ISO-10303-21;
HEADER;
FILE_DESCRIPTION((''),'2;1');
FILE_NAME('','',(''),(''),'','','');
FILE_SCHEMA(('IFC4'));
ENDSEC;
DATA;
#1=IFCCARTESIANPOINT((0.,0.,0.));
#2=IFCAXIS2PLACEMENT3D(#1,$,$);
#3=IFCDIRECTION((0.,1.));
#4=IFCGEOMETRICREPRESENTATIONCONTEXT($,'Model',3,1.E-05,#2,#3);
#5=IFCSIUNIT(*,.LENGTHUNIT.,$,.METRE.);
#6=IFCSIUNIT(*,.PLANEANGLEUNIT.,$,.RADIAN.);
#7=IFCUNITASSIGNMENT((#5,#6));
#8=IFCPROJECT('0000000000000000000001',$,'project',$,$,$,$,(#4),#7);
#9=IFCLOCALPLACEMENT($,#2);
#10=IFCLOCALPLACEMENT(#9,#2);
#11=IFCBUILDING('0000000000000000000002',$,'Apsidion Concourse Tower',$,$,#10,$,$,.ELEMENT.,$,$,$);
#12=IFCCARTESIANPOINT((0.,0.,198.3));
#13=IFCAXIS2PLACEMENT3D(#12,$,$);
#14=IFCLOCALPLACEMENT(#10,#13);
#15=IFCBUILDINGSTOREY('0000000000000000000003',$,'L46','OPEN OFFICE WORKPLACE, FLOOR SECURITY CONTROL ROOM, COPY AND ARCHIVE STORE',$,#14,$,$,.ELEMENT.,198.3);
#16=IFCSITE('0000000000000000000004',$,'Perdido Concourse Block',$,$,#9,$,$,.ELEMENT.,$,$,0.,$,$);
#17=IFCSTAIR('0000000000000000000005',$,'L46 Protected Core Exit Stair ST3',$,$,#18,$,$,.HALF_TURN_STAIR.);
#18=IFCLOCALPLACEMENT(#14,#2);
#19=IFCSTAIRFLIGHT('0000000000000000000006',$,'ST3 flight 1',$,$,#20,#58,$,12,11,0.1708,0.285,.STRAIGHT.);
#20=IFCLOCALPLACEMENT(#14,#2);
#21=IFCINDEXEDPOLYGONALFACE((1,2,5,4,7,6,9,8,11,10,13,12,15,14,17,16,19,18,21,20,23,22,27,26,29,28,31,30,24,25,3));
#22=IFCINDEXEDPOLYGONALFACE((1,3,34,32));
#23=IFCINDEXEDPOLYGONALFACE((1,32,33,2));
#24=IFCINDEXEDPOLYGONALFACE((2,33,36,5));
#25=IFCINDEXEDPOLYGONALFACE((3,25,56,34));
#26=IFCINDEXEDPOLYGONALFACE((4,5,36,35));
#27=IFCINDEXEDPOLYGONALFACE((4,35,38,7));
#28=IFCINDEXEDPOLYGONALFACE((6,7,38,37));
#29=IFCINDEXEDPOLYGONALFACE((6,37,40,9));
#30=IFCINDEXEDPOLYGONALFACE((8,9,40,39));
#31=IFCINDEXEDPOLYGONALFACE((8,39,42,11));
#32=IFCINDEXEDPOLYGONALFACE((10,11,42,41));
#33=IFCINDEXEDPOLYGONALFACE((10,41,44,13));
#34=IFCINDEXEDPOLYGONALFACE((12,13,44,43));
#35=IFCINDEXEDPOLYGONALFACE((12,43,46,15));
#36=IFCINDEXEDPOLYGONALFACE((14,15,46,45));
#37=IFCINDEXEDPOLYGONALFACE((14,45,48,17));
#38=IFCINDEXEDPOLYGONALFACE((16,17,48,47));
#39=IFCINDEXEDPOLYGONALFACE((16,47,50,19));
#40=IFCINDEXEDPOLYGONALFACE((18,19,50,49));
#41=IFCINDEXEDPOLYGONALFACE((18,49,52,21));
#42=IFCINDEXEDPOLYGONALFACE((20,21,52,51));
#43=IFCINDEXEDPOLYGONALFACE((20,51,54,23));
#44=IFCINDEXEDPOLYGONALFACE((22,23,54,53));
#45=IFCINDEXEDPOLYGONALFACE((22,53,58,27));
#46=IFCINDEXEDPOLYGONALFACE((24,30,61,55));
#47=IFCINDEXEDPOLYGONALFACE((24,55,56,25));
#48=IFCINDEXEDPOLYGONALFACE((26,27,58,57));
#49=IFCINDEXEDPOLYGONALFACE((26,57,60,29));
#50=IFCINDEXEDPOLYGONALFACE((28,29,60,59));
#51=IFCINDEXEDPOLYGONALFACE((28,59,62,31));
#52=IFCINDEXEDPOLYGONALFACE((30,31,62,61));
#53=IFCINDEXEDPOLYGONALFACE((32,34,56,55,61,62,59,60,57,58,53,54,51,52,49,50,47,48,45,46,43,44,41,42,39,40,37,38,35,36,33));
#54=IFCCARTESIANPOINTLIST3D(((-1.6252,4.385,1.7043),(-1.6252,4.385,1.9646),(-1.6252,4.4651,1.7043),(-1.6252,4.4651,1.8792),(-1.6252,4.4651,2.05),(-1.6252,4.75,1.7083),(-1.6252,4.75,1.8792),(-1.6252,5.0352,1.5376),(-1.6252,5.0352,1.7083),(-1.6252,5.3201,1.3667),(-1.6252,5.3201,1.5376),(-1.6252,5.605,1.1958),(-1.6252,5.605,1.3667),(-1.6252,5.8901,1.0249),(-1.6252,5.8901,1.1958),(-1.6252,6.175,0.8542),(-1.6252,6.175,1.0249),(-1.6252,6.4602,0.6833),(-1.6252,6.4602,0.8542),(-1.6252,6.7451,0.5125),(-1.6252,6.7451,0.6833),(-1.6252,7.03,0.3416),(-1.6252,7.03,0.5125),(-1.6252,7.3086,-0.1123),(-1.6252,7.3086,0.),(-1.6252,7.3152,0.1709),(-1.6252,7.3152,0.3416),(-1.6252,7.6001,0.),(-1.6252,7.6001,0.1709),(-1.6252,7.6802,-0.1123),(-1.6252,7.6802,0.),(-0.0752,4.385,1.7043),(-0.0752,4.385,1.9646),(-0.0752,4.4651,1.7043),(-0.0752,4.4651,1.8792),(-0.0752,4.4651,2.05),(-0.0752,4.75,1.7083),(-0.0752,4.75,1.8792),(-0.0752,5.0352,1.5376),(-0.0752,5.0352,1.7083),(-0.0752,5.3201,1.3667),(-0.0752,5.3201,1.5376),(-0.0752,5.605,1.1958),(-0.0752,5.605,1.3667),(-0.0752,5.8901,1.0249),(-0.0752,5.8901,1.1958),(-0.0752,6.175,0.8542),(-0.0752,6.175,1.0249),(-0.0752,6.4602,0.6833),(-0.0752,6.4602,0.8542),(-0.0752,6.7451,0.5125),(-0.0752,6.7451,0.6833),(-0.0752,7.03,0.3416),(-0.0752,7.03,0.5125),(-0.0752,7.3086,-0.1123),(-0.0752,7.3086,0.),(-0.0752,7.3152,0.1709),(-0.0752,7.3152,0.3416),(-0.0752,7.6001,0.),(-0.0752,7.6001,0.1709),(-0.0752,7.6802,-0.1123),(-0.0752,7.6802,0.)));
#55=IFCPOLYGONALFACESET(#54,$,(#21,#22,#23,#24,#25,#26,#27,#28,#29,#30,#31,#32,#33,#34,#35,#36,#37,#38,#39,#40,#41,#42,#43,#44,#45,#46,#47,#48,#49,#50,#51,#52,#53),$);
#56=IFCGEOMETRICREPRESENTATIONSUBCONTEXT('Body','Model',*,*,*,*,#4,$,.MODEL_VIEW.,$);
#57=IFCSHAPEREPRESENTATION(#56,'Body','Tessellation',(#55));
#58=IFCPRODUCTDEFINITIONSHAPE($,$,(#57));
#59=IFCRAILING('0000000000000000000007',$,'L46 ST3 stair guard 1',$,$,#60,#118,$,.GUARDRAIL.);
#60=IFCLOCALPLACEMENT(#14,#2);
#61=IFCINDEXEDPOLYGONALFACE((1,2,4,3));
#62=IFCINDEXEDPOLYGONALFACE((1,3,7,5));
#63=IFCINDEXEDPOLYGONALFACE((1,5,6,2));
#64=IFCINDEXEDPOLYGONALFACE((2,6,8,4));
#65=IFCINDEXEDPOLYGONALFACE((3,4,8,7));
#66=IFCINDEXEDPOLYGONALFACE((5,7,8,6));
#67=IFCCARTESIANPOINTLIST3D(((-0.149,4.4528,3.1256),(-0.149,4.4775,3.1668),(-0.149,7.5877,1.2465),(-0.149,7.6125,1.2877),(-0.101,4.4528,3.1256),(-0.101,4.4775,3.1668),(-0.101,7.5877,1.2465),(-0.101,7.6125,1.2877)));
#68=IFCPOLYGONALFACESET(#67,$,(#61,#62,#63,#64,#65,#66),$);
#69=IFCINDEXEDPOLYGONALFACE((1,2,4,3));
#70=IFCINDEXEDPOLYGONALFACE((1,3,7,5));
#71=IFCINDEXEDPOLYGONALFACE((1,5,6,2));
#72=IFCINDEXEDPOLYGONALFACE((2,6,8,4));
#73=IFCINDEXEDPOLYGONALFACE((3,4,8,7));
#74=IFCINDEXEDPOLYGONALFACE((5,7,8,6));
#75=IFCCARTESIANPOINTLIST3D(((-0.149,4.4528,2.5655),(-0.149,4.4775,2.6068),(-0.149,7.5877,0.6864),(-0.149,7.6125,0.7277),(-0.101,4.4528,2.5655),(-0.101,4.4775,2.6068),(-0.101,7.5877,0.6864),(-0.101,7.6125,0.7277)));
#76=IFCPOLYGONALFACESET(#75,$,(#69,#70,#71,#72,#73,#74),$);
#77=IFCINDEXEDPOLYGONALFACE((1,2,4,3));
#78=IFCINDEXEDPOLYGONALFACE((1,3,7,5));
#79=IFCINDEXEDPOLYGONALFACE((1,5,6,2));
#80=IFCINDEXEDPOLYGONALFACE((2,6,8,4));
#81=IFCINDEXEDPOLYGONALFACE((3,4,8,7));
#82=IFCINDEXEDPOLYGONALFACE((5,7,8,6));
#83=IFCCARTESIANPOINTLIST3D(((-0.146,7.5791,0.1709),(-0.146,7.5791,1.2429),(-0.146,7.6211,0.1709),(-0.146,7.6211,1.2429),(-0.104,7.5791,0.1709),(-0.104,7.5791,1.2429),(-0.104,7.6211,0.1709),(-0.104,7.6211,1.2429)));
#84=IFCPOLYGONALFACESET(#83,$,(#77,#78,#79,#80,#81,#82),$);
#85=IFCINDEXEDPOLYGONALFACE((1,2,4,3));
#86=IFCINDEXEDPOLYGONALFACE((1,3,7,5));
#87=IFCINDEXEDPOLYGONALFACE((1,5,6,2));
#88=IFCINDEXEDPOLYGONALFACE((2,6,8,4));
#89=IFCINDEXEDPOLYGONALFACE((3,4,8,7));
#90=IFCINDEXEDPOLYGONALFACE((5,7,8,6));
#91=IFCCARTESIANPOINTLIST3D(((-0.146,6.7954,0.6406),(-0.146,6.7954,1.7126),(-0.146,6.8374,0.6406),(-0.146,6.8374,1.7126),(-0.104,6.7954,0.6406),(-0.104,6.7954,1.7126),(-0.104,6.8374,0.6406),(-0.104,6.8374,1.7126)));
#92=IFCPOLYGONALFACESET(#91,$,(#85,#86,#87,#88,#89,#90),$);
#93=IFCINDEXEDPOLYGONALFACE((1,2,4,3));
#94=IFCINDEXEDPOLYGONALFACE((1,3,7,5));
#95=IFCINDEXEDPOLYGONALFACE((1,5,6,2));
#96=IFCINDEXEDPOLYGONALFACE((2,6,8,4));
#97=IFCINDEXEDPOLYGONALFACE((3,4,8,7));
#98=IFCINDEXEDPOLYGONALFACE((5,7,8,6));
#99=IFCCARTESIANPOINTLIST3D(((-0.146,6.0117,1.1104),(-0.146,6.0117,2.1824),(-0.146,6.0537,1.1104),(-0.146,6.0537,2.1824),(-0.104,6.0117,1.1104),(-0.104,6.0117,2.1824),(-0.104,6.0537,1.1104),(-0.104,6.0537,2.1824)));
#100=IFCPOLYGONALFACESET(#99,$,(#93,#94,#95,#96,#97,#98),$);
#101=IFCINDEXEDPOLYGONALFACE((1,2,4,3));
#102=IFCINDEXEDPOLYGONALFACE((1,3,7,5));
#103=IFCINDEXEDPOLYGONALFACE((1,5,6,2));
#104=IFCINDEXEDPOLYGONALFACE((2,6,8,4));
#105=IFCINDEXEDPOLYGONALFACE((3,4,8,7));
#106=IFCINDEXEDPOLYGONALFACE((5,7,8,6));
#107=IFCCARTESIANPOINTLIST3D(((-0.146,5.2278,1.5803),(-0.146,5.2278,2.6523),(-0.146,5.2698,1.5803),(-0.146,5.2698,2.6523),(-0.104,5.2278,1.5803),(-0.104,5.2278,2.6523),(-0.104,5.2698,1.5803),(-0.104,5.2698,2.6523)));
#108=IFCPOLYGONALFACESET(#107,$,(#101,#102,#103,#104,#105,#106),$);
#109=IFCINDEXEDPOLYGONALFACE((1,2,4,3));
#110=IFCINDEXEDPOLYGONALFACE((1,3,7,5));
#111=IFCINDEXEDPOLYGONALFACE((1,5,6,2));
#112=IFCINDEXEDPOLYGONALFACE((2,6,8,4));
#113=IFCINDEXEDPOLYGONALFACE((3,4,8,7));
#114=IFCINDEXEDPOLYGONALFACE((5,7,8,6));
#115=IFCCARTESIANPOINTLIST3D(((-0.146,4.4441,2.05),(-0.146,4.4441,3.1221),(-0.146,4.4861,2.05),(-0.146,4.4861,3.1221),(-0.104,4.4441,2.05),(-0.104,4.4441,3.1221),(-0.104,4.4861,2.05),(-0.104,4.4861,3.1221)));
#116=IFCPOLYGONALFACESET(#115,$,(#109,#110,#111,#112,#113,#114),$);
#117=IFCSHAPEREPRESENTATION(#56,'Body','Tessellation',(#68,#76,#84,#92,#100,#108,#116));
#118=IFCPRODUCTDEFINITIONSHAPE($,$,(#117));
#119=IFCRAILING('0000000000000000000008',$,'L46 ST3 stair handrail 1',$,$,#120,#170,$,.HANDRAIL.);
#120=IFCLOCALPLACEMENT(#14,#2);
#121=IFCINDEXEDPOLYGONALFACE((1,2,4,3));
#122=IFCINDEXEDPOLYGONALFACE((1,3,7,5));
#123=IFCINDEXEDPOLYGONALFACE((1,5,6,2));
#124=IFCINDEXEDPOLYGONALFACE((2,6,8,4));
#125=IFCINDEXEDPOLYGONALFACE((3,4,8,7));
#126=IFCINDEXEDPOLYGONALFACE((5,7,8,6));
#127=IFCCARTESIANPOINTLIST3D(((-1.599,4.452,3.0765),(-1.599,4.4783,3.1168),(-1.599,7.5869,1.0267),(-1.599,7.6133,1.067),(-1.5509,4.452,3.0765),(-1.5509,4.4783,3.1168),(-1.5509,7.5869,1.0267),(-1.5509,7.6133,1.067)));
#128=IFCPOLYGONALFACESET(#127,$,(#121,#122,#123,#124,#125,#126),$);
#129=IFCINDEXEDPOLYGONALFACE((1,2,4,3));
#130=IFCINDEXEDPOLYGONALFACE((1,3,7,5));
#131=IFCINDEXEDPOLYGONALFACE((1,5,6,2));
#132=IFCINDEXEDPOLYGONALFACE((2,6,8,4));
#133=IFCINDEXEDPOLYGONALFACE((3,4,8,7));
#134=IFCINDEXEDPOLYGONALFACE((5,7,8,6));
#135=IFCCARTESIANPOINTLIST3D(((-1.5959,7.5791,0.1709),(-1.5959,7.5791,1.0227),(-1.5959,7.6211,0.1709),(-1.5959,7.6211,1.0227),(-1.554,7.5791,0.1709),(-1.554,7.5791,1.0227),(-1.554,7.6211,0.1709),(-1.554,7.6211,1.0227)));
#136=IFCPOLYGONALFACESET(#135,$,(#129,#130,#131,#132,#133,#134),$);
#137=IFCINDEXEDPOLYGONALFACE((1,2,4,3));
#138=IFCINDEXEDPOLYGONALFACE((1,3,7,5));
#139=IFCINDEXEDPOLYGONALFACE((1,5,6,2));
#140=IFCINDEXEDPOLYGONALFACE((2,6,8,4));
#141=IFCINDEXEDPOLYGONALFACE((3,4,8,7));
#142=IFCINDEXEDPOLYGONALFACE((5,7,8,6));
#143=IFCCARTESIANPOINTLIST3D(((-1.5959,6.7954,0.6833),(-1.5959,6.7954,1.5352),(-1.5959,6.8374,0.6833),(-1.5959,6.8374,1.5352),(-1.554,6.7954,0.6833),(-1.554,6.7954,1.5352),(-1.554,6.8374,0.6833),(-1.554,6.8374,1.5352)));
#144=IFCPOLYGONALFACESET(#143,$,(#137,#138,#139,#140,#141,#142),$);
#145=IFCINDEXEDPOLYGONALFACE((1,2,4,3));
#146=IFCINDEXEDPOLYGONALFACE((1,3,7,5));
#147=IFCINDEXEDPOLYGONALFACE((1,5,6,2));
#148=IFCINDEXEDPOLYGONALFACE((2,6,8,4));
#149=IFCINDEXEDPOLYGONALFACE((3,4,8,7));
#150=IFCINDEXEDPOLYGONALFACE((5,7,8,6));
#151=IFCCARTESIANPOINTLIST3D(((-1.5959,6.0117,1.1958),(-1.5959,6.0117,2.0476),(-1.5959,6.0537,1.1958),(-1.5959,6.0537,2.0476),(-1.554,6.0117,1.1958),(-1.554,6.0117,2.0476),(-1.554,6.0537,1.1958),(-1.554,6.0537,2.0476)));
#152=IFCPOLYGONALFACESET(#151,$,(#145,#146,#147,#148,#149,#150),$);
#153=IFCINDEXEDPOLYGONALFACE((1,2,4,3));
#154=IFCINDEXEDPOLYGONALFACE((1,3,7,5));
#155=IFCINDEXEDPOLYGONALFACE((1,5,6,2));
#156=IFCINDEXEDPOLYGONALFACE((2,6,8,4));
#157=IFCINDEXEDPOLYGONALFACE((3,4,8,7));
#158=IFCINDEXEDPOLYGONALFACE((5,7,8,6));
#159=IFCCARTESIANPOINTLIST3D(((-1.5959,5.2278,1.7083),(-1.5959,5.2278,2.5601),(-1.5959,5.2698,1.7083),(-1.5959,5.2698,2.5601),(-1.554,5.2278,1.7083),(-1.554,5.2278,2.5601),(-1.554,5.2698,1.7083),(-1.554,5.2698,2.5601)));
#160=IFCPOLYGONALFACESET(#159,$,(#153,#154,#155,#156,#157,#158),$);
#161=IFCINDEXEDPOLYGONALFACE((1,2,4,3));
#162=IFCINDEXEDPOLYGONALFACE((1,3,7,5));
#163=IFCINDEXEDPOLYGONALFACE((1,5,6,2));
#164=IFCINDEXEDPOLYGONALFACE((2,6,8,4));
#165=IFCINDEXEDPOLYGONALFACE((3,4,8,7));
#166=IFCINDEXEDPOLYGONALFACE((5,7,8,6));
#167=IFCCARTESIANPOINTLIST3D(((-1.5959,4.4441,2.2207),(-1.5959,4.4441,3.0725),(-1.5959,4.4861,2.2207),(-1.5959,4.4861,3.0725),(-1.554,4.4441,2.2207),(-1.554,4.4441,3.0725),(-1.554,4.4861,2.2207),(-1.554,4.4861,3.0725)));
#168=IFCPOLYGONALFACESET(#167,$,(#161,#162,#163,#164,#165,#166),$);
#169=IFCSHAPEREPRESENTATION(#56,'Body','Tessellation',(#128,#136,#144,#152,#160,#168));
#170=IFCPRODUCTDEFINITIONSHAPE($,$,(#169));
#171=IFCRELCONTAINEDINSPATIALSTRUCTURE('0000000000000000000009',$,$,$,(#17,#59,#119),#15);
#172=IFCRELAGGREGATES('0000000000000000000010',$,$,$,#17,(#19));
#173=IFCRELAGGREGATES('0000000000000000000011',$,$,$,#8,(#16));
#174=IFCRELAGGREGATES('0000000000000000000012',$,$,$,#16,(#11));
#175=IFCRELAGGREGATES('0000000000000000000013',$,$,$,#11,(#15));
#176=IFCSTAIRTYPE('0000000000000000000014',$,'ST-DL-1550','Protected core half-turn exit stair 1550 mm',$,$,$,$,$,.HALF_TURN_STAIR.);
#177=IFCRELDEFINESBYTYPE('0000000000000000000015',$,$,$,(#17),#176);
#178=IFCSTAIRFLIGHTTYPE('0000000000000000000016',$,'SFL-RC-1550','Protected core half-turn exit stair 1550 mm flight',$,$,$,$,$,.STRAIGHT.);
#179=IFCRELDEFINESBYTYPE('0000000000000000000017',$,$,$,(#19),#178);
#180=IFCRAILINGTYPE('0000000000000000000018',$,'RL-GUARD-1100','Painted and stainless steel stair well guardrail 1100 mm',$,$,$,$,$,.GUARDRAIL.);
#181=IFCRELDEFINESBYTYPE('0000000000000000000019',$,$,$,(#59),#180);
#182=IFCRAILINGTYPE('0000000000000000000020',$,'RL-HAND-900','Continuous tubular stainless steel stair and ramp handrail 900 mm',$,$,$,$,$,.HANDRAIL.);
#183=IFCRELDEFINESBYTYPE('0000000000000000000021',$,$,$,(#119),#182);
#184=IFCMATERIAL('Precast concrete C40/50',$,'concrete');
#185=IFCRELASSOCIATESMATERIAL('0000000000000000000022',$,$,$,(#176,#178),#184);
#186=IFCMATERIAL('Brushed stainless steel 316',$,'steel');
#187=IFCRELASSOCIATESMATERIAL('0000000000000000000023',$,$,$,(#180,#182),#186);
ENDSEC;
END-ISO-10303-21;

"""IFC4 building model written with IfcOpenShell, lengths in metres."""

from ifc_helpers import new_model, si_unit, direction, frame, origin, origin_2d, place, context, subcontext, project, spatial, polyline, rectangle, outline, extrude, material, type_object, element, aggregate, save


model = new_model("IFC4")

# Units and contexts
model_context = context("Model", 3, precision=1e-05, world=origin(), true_north=direction((0.0, 1.0)))
body_context = subcontext(model_context, "Body", "Model", "MODEL_VIEW")
ifc_project = project(units=[si_unit("LENGTHUNIT", "METRE"), si_unit("PLANEANGLEUNIT", "RADIAN")], contexts=[model_context])

# Site, building, storey
site_placement = place(None, origin())
site = spatial("IfcSite", under=ifc_project, at=site_placement, Name="Perdido Concourse Block", CompositionType="ELEMENT", RefElevation=0.0)
building_placement = place(site_placement, origin())
building = spatial("IfcBuilding", under=site, at=building_placement, Name="Apsidion Concourse Tower", CompositionType="ELEMENT")
storey_placement = place(building_placement, frame((0.0, 0.0, 198.3)))
storey = spatial("IfcBuildingStorey", under=building, at=storey_placement, Name="L46", Description="OPEN OFFICE WORKPLACE, FLOOR SECURITY CONTROL ROOM, COPY AND ARCHIVE STORE", CompositionType="ELEMENT", Elevation=198.3)

# Shared definitions
ifc_material_1 = material(Name="Brushed stainless steel 316", Category="steel")

# Stair, stair flight
ifc_material_2 = material(Name="Precast concrete C40/50", Category="concrete")
stair_type = type_object("IfcStairType", Name="ST-DL-1550", Description="Protected core half-turn exit stair 1550 mm", PredefinedType="HALF_TURN_STAIR", material=ifc_material_2)
stair_placement = place(storey_placement, origin())
stair = element("IfcStair", 1, at=stair_placement, inside=storey, type_object=stair_type, Name="L46 Protected Core Exit Stair ST3", PredefinedType="HALF_TURN_STAIR")
stair_flight_type = type_object("IfcStairFlightType", Name="SFL-RC-1550", Description="Protected core half-turn exit stair 1550 mm flight", PredefinedType="STRAIGHT", material=ifc_material_2)
stair_flight_placement = place(storey_placement, frame((-0.8501, 7.6001, 0.0), z_axis=(0.0, 0.0, 1.0), x_axis=(0.0, -1.0, 0.0)))
stair_flight = element("IfcStairFlight", 2, at=stair_flight_placement, type_object=stair_flight_type, Name="ST3 flight 1", NumberOfRisers=12, NumberOfTreads=11, PredefinedType="STRAIGHT", RiserHeight=0.1708, TreadLength=0.285, context=body_context, shape_type="SweptSolid", body=[
    extrude(outline(polyline([(-0.0801, -0.1123), (-0.0801, 0.0), (0.0, 0.0), (0.0, 0.1709), (0.2849, 0.1709), (0.2849, 0.3416), (0.5701, 0.3416), (0.5701, 0.5125), (0.855, 0.5125), (0.855, 0.6833), (1.1399, 0.6833), (1.1399, 0.8542), (1.425, 0.8542), (1.425, 1.0249), (1.71, 1.0249), (1.71, 1.1958), (1.9951, 1.1958), (1.9951, 1.3667), (2.28, 1.3667), (2.28, 1.5376), (2.5649, 1.5376), (2.5649, 1.7083), (2.8501, 1.7083), (2.8501, 1.8792), (3.135, 1.8792), (3.135, 2.05), (3.2151, 1.9646), (3.2151, 1.7043), (3.135, 1.7043), (0.2915, 0.0), (0.2915, -0.1123), (-0.0801, -0.1123)])), frame((0.0, 0.7749, 0.0), z_axis=(0.0, -1.0, 0.0), x_axis=(1.0, 0.0, 0.0)), (0.0, 0.0, 1.0), 1.55),
])
aggregate(stair, [stair_flight])

# Railings
railing_type_1 = type_object("IfcRailingType", Name="RL-GUARD-1100", Description="Painted and stainless steel stair well guardrail 1100 mm", PredefinedType="GUARDRAIL", material=ifc_material_1)
railing_1_placement = place(storey_placement, frame((-0.125, 7.6001, 0.1709)))
element("IfcRailing", 3, at=railing_1_placement, inside=storey, type_object=railing_type_1, Name="L46 ST3 stair guard 1", PredefinedType="GUARDRAIL", context=body_context, shape_type="SweptSolid", body=[
    extrude(rectangle(XDim=0.0481, YDim=0.0481, at=origin_2d()), frame((0.0, 0.0, 1.0962), z_axis=(0.0, -0.857717, 0.514122), x_axis=(1.0, 0.0, 0.0)), (0.0, 0.0, 1.0), 3.655),
    extrude(rectangle(XDim=0.0481, YDim=0.0481, at=origin_2d()), frame((0.0, 0.0, 0.5361), z_axis=(0.0, -0.857717, 0.514122), x_axis=(1.0, 0.0, 0.0)), (0.0, 0.0, 1.0), 3.655),
    extrude(rectangle(XDim=0.042, YDim=0.042, at=origin_2d()), origin(), (0.0, 0.0, 1.0), 1.072),
    extrude(rectangle(XDim=0.042, YDim=0.042, at=origin_2d()), frame((0.0, -0.7837, 0.4697)), (0.0, 0.0, 1.0), 1.072),
    extrude(rectangle(XDim=0.042, YDim=0.042, at=origin_2d()), frame((0.0, -1.5674, 0.9395)), (0.0, 0.0, 1.0), 1.072),
    extrude(rectangle(XDim=0.042, YDim=0.042, at=origin_2d()), frame((0.0, -2.3513, 1.4094)), (0.0, 0.0, 1.0), 1.072),
    extrude(rectangle(XDim=0.042, YDim=0.042, at=origin_2d()), frame((0.0, -3.135, 1.8792)), (0.0, 0.0, 1.0), 1.072),
])
railing_type_2 = type_object("IfcRailingType", Name="RL-HAND-900", Description="Continuous tubular stainless steel stair and ramp handrail 900 mm", PredefinedType="HANDRAIL", material=ifc_material_1)
railing_2_placement = place(storey_placement, frame((-1.575, 7.6001, 0.1709)))
element("IfcRailing", 4, at=railing_2_placement, inside=storey, type_object=railing_type_2, Name="L46 ST3 stair handrail 1", PredefinedType="HANDRAIL", context=body_context, shape_type="SweptSolid", body=[
    extrude(rectangle(XDim=0.0481, YDim=0.0481, at=origin_2d()), frame((0.0, 0.0, 0.876), z_axis=(0.0, -0.836971, 0.547248), x_axis=(1.0, 0.0, 0.0)), (0.0, 0.0, 1.0), 3.7456),
    extrude(rectangle(XDim=0.042, YDim=0.042, at=origin_2d()), origin(), (0.0, 0.0, 1.0), 0.8518),
    extrude(rectangle(XDim=0.042, YDim=0.042, at=origin_2d()), frame((0.0, -0.7837, 0.5125)), (0.0, 0.0, 1.0), 0.8518),
    extrude(rectangle(XDim=0.042, YDim=0.042, at=origin_2d()), frame((0.0, -1.5674, 1.0249)), (0.0, 0.0, 1.0), 0.8518),
    extrude(rectangle(XDim=0.042, YDim=0.042, at=origin_2d()), frame((0.0, -2.3513, 1.5374)), (0.0, 0.0, 1.0), 0.8518),
    extrude(rectangle(XDim=0.042, YDim=0.042, at=origin_2d()), frame((0.0, -3.135, 2.0498)), (0.0, 0.0, 1.0), 0.8518),
])

save(model, "model.ifc")
